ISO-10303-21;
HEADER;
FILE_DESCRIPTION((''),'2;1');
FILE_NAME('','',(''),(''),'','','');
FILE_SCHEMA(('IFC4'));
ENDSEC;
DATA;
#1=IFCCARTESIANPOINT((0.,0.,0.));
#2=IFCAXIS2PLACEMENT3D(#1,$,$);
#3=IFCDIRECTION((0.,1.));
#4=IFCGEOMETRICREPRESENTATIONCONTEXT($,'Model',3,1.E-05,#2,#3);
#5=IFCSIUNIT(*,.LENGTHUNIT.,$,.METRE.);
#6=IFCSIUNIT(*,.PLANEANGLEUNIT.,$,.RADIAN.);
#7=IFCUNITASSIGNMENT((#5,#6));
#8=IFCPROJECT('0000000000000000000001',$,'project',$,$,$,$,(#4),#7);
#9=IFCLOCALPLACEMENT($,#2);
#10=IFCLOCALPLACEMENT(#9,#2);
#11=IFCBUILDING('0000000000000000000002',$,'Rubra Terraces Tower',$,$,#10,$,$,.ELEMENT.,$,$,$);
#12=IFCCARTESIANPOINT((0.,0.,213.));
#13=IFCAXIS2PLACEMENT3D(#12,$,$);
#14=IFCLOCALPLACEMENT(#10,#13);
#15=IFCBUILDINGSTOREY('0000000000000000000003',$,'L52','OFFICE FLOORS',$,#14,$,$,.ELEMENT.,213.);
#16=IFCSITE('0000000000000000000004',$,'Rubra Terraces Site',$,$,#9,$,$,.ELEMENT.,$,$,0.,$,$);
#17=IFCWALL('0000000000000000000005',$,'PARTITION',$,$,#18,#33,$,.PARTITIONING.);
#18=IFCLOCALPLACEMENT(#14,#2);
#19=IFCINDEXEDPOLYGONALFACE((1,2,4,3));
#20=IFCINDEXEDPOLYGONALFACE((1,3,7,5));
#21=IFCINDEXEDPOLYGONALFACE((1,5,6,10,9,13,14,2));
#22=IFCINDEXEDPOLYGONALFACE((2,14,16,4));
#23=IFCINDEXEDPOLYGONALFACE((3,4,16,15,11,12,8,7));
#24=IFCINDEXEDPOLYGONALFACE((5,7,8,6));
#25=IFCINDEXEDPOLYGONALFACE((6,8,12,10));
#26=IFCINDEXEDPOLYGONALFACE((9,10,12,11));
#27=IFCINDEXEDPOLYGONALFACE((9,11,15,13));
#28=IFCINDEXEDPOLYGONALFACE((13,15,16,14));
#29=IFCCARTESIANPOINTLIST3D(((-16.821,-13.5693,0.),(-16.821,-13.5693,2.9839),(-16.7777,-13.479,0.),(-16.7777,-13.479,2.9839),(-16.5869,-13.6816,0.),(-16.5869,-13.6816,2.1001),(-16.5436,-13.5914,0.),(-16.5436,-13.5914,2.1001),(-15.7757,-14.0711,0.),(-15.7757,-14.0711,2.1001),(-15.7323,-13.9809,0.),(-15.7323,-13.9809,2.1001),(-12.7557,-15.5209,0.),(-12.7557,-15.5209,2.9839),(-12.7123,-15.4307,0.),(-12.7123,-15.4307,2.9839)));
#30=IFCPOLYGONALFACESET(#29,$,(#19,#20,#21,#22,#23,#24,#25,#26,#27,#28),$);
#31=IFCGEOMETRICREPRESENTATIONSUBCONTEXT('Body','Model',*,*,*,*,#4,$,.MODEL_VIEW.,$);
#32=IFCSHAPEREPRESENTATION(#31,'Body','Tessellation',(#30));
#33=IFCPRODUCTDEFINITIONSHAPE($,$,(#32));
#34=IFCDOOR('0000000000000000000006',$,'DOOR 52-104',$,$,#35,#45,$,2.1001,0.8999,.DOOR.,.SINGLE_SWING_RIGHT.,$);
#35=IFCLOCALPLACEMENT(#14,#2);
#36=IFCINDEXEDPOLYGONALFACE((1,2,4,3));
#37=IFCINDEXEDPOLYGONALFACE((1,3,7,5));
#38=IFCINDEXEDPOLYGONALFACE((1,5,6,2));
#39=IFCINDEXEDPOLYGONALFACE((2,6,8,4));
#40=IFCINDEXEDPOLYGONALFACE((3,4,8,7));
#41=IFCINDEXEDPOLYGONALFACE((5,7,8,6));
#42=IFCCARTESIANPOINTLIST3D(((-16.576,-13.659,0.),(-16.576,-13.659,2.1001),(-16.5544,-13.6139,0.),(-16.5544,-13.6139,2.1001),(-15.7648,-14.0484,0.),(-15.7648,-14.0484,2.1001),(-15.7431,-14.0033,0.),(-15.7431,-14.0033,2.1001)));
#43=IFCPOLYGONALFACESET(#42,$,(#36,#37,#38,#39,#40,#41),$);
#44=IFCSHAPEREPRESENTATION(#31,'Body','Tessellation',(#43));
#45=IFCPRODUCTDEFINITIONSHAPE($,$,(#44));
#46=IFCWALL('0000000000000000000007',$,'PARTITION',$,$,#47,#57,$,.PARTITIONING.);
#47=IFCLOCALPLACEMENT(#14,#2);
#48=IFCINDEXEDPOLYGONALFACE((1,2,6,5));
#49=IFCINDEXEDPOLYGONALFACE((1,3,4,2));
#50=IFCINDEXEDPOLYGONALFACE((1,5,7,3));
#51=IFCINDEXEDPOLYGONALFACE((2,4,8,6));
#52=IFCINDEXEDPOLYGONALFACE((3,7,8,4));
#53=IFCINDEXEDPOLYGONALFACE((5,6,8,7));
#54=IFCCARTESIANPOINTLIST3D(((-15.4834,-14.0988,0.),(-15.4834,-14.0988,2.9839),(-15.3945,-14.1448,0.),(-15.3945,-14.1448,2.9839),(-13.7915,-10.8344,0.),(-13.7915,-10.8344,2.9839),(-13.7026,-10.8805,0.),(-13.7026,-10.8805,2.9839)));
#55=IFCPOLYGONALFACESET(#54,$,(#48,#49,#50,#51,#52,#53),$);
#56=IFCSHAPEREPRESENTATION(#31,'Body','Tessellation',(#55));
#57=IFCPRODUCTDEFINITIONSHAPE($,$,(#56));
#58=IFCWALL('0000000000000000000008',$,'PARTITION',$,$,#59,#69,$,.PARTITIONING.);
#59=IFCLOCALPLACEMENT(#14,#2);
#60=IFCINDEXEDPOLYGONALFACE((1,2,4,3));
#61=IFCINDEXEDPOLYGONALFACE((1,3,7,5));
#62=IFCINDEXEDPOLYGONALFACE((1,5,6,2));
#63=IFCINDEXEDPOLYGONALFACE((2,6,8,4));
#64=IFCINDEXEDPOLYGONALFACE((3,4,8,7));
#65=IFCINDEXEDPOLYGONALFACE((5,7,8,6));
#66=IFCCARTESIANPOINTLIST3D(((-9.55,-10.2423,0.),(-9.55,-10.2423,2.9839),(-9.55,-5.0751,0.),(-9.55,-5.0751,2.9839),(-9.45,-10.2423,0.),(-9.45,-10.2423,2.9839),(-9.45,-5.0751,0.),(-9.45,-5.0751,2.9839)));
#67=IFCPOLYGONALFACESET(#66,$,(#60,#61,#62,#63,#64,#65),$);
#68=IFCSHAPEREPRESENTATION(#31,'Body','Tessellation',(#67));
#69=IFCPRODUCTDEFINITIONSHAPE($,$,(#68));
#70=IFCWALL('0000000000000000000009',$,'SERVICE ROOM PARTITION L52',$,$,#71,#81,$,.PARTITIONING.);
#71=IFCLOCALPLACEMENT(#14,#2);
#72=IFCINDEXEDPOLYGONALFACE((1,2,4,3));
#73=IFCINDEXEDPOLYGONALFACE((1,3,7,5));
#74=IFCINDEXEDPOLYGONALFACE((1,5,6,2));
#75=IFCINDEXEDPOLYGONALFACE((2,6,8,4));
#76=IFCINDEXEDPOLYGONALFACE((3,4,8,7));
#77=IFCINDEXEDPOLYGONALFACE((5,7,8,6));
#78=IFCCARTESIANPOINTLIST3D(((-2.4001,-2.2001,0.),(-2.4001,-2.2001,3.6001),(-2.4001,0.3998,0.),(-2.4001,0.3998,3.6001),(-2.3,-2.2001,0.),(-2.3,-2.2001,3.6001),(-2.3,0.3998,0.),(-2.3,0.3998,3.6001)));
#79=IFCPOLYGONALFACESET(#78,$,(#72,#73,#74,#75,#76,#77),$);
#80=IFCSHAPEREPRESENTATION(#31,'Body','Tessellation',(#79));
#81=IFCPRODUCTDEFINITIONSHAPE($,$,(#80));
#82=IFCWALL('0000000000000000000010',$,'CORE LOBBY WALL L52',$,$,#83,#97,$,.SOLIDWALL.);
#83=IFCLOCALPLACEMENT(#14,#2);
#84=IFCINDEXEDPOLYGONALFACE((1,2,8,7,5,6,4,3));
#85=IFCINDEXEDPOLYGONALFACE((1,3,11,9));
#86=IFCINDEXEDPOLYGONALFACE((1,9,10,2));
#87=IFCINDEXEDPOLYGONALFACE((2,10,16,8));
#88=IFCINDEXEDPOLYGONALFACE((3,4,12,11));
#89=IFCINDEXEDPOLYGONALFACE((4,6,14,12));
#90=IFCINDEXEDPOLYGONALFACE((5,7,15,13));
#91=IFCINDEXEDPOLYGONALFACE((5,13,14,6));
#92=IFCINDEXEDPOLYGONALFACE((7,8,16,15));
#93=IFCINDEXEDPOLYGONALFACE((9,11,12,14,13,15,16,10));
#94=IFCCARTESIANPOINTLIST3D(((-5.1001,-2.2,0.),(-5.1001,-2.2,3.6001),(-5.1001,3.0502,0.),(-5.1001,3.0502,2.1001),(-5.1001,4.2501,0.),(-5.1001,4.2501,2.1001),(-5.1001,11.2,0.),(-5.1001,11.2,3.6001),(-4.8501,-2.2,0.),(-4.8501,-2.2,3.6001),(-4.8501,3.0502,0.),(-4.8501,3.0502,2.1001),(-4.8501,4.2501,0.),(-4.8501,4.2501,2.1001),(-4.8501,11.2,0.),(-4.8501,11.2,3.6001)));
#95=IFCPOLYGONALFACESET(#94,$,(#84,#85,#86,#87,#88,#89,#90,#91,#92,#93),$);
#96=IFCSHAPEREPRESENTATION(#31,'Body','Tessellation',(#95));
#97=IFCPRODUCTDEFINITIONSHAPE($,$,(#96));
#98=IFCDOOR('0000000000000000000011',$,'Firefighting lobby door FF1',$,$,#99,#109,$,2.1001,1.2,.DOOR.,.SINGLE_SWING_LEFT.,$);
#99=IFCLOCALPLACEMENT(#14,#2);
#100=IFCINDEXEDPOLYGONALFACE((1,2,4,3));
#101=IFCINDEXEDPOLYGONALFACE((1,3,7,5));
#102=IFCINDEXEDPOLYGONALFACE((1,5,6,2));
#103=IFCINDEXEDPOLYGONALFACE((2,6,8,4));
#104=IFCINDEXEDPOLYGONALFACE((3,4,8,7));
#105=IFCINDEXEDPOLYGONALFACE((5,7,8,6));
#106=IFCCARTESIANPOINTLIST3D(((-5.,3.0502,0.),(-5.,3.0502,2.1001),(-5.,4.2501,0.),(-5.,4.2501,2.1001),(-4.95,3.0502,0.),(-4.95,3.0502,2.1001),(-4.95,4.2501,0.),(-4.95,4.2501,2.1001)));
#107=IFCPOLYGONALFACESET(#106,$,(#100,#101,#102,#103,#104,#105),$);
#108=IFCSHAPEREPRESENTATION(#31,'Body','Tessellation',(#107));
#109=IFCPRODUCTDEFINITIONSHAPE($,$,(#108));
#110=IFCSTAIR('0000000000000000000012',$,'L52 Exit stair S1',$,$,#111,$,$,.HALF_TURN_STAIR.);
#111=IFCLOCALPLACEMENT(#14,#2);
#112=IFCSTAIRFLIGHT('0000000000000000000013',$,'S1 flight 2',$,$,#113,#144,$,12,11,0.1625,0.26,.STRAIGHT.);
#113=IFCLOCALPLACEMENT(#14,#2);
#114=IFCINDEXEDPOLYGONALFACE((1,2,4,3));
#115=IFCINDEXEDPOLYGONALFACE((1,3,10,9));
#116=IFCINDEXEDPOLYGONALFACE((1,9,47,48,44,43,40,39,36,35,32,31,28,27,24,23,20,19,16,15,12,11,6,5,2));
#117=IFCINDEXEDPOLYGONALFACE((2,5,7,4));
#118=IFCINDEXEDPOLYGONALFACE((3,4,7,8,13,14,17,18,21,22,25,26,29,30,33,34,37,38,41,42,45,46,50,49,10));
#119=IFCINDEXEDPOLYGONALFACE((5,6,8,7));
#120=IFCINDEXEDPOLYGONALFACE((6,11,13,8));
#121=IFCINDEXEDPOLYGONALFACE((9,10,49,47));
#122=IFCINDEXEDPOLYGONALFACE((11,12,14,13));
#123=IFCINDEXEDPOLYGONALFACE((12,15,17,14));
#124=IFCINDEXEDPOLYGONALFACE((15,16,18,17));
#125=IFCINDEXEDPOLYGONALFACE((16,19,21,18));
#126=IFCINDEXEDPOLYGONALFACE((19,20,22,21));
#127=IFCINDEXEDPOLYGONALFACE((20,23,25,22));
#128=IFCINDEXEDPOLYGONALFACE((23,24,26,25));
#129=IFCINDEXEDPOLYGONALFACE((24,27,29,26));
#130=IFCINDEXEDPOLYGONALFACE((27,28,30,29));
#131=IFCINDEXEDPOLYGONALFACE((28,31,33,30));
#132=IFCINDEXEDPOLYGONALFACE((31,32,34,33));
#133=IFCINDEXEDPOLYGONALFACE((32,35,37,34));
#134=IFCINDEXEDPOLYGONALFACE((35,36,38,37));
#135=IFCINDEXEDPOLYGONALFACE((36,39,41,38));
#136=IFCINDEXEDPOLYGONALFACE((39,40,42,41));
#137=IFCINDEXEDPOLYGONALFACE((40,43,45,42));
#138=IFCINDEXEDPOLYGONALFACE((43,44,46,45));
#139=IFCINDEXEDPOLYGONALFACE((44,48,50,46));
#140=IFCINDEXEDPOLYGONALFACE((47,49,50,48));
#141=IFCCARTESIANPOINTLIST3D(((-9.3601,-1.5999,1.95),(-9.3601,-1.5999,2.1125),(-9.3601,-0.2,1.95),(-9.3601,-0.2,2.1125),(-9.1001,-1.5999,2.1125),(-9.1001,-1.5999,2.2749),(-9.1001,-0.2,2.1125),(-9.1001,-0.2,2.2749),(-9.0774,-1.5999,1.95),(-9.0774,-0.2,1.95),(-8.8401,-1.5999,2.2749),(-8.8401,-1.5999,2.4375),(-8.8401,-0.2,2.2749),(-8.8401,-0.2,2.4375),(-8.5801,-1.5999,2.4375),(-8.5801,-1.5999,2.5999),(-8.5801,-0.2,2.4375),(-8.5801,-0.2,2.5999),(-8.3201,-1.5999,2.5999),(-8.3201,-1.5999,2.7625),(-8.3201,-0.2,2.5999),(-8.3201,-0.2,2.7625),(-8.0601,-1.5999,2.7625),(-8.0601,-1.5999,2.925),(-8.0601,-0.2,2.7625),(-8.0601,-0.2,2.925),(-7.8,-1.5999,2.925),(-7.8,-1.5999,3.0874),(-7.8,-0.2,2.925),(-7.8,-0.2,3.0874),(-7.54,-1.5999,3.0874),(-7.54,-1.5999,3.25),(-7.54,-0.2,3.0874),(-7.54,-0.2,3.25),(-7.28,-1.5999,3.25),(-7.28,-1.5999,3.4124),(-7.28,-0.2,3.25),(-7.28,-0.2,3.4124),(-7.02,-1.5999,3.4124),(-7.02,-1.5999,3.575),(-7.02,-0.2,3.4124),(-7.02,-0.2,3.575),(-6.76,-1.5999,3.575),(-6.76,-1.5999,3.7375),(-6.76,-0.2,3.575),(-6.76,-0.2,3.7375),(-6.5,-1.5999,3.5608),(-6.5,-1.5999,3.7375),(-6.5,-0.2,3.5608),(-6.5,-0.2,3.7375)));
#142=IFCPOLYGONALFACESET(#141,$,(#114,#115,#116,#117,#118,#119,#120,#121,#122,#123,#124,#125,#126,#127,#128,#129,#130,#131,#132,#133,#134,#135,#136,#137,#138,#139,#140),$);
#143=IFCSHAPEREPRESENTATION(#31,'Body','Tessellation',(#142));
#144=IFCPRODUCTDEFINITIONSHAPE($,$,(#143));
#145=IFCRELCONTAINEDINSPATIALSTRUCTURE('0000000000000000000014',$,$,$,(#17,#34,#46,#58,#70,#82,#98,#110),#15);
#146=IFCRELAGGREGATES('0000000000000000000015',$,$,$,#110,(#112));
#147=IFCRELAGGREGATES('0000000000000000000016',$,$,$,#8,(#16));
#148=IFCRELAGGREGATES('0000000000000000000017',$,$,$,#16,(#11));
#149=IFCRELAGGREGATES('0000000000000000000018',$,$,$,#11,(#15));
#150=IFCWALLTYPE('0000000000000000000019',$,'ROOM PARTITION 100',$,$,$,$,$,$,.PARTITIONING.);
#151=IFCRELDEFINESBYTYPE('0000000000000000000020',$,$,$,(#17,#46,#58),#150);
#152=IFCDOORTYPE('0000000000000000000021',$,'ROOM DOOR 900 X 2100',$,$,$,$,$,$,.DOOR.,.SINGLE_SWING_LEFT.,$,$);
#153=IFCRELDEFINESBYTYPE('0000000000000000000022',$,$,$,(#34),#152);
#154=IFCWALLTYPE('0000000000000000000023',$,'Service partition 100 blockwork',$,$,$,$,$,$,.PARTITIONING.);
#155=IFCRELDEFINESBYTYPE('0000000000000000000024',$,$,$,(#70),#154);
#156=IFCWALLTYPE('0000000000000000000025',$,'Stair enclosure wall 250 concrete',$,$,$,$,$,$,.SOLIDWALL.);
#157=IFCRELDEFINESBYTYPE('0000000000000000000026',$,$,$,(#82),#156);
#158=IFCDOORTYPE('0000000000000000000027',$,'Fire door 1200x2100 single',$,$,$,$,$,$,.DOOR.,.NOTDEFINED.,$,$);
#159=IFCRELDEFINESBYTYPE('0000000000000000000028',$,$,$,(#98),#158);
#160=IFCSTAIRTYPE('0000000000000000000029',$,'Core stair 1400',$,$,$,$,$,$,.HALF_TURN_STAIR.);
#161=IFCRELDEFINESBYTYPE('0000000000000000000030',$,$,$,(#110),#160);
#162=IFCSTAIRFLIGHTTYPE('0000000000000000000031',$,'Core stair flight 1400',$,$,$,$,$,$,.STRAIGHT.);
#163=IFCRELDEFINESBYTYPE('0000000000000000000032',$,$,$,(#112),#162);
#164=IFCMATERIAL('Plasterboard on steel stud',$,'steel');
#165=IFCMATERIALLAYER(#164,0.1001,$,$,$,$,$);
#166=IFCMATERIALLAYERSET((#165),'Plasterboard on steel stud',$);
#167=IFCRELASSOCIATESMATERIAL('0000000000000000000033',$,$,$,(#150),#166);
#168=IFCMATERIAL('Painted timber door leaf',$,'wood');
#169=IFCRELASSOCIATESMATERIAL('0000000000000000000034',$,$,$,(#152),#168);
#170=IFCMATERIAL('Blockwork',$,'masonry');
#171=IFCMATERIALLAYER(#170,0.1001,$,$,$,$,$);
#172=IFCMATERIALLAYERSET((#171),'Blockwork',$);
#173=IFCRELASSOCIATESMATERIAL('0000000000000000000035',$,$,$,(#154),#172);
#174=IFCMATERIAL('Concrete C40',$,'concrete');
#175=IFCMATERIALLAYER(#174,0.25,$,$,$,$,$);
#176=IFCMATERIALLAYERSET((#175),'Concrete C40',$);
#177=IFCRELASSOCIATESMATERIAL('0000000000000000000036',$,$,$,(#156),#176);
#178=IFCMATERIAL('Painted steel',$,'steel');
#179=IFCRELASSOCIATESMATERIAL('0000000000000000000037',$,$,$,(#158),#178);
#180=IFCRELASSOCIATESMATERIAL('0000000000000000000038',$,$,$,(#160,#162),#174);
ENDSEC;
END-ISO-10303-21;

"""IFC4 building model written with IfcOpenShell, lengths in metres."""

from ifc_helpers import new_model, si_unit, direction, frame, frame_2d, origin, place, context, subcontext, project, spatial, polyline, rectangle, outline, extrude, material, layer, layer_set, type_object, element, fill, aggregate, save


model = new_model("IFC4")

# Units and contexts
model_context = context("Model", 3, precision=1e-05, world=origin(), true_north=direction((0.0, 1.0)))
body_context = subcontext(model_context, "Body", "Model", "MODEL_VIEW")
ifc_project = project(units=[si_unit("LENGTHUNIT", "METRE"), si_unit("PLANEANGLEUNIT", "RADIAN")], contexts=[model_context])

# Site, building, storey
site_placement = place(None, origin())
site = spatial("IfcSite", under=ifc_project, at=site_placement, Name="Rubra Terraces Site", CompositionType="ELEMENT", RefElevation=0.0)
building_placement = place(site_placement, origin())
building = spatial("IfcBuilding", under=site, at=building_placement, Name="Rubra Terraces Tower", CompositionType="ELEMENT")
storey_placement = place(building_placement, frame((0.0, 0.0, 213.0)))
storey = spatial("IfcBuildingStorey", under=building, at=storey_placement, Name="L52", Description="OFFICE FLOORS", CompositionType="ELEMENT", Elevation=213.0)

# Shared definitions
ifc_material_1 = material(Name="Painted steel", Category="steel")

# Shared definitions
ifc_material_2 = material(Name="Painted timber door leaf", Category="wood")

# Shared definitions
ifc_material_3 = material(Name="Concrete C40", Category="concrete")

# Wall, opening, door
ifc_material_4 = material(Name="Plasterboard on steel stud", Category="steel")
ifc_layer_1 = layer(ifc_material_4, 0.1001)
ifc_layer_set_1 = layer_set([ifc_layer_1], Name="Plasterboard on steel stud")
wall_type_1 = type_object("IfcWallType", Name="ROOM PARTITION 100", PredefinedType="PARTITIONING", material=ifc_layer_set_1)
wall_1_placement = place(storey_placement, frame((-12.7339, -15.4758, 0.0), z_axis=(0.0, 0.0, 1.0), x_axis=(-0.901501, 0.432777, 0.0)))
wall_1 = element("IfcWall", 1, at=wall_1_placement, inside=storey, type_object=wall_type_1, Name="PARTITION", PredefinedType="PARTITIONING", context=body_context, shape_type="SweptSolid", body=[
    extrude(rectangle(XDim=4.5095, YDim=0.1001, at=frame_2d((2.2549, 0.0))), origin(), (0.0, 0.0, 1.0), 2.9839),
])
opening_1_placement = place(wall_1_placement, frame((3.3501, 0.0, 0.0)))
opening_1 = element("IfcOpeningElement", 2, at=opening_1_placement, cuts=wall_1, PredefinedType="OPENING", context=body_context, shape_type="SweptSolid", body=[
    extrude(rectangle(XDim=0.8999, YDim=2.1001, at=frame_2d((0.45, 1.05))), frame((0.0, 0.0601, 0.0), z_axis=(0.0, -1.0, 0.0), x_axis=(1.0, 0.0, 0.0)), (0.0, 0.0, 1.0), 0.1201),
])
door_type_1 = type_object("IfcDoorType", Name="ROOM DOOR 900 X 2100", OperationType="SINGLE_SWING_LEFT", PredefinedType="DOOR", material=ifc_material_2)
door_1_placement = place(opening_1_placement, origin())
door_1 = element("IfcDoor", 3, at=door_1_placement, inside=storey, type_object=door_type_1, Name="DOOR 52-104", OperationType="SINGLE_SWING_RIGHT", OverallHeight=2.1001, OverallWidth=0.8999, PredefinedType="DOOR", context=body_context, shape_type="SweptSolid", body=[
    extrude(rectangle(XDim=0.8999, YDim=2.1001, at=frame_2d((0.45, 1.05))), frame((0.0, 0.0249, 0.0), z_axis=(0.0, -1.0, 0.0), x_axis=(1.0, 0.0, 0.0)), (0.0, 0.0, 1.0), 0.05),
])
fill(opening_1, door_1)

# Walls
wall_2_placement = place(storey_placement, frame((-13.7471, -10.8574, 0.0), z_axis=(0.0, 0.0, 1.0), x_axis=(-0.460154, -0.887839, 0.0)))
element("IfcWall", 4, at=wall_2_placement, inside=storey, type_object=wall_type_1, Name="PARTITION", PredefinedType="PARTITIONING", context=body_context, shape_type="SweptSolid", body=[
    extrude(rectangle(XDim=3.6768, YDim=0.1001, at=frame_2d((1.8384, 0.0))), origin(), (0.0, 0.0, 1.0), 2.9839),
])
wall_3_placement = place(storey_placement, frame((-9.5, -10.2422, 0.0), z_axis=(0.0, 0.0, 1.0), x_axis=(0.0, 1.0, 0.0)))
element("IfcWall", 5, at=wall_3_placement, inside=storey, type_object=wall_type_1, Name="PARTITION", PredefinedType="PARTITIONING", context=body_context, shape_type="SweptSolid", body=[
    extrude(rectangle(XDim=5.1672, YDim=0.1001, at=frame_2d((2.5835, 0.0))), origin(), (0.0, 0.0, 1.0), 2.9839),
])
ifc_material_5 = material(Name="Blockwork", Category="masonry")
ifc_layer_2 = layer(ifc_material_5, 0.1001)
ifc_layer_set_2 = layer_set([ifc_layer_2], Name="Blockwork")
wall_type_2 = type_object("IfcWallType", Name="Service partition 100 blockwork", PredefinedType="PARTITIONING", material=ifc_layer_set_2)
wall_4_placement = place(storey_placement, frame((-2.3501, -2.2, 0.0), z_axis=(0.0, 0.0, 1.0), x_axis=(0.0, 1.0, 0.0)))
element("IfcWall", 6, at=wall_4_placement, inside=storey, type_object=wall_type_2, Name="SERVICE ROOM PARTITION L52", PredefinedType="PARTITIONING", context=body_context, shape_type="SweptSolid", body=[
    extrude(rectangle(XDim=2.5999, YDim=0.1001, at=frame_2d((1.2998, 0.0))), origin(), (0.0, 0.0, 1.0), 3.6001),
])

# Wall, opening, door
ifc_layer_3 = layer(ifc_material_3, 0.25)
ifc_layer_set_3 = layer_set([ifc_layer_3], Name="Concrete C40")
wall_type_3 = type_object("IfcWallType", Name="Stair enclosure wall 250 concrete", PredefinedType="SOLIDWALL", material=ifc_layer_set_3)
wall_5_placement = place(storey_placement, frame((-4.9751, -2.2, 0.0), z_axis=(0.0, 0.0, 1.0), x_axis=(0.0, 1.0, 0.0)))
wall_5 = element("IfcWall", 7, at=wall_5_placement, inside=storey, type_object=wall_type_3, Name="CORE LOBBY WALL L52", PredefinedType="SOLIDWALL", context=body_context, shape_type="SweptSolid", body=[
    extrude(rectangle(XDim=13.3999, YDim=0.25, at=frame_2d((6.7, 0.0))), origin(), (0.0, 0.0, 1.0), 3.6001),
])
opening_2_placement = place(wall_5_placement, frame((5.25, 0.0, 0.0)))
opening_2 = element("IfcOpeningElement", 8, at=opening_2_placement, cuts=wall_5, PredefinedType="OPENING", context=body_context, shape_type="SweptSolid", body=[
    extrude(rectangle(XDim=1.2, YDim=2.1001, at=frame_2d((0.6001, 1.05))), frame((0.0, 0.135, 0.0), z_axis=(0.0, -1.0, 0.0), x_axis=(1.0, 0.0, 0.0)), (0.0, 0.0, 1.0), 0.27),
])
door_type_2 = type_object("IfcDoorType", Name="Fire door 1200x2100 single", OperationType="NOTDEFINED", PredefinedType="DOOR", material=ifc_material_1)
door_2_placement = place(opening_2_placement, origin())
door_2 = element("IfcDoor", 9, at=door_2_placement, inside=storey, type_object=door_type_2, Name="Firefighting lobby door FF1", OperationType="SINGLE_SWING_LEFT", OverallHeight=2.1001, OverallWidth=1.2, PredefinedType="DOOR", context=body_context, shape_type="SweptSolid", body=[
    extrude(rectangle(XDim=1.2, YDim=2.1001, at=frame_2d((0.6001, 1.05))), frame((0.0, 0.0249, 0.0), z_axis=(0.0, -1.0, 0.0), x_axis=(1.0, 0.0, 0.0)), (0.0, 0.0, 1.0), 0.05),
])
fill(opening_2, door_2)

# Stair, stair flight
stair_type = type_object("IfcStairType", Name="Core stair 1400", PredefinedType="HALF_TURN_STAIR", material=ifc_material_3)
stair_placement = place(storey_placement, origin())
stair = element("IfcStair", 10, at=stair_placement, inside=storey, type_object=stair_type, Name="L52 Exit stair S1", PredefinedType="HALF_TURN_STAIR")
stair_flight_type = type_object("IfcStairFlightType", Name="Core stair flight 1400", PredefinedType="STRAIGHT", material=ifc_material_3)
stair_flight_placement = place(storey_placement, frame((-9.3601, -0.8999, 1.95), z_axis=(0.0, 0.0, 1.0), x_axis=(1.0, 0.0, 0.0)))
stair_flight = element("IfcStairFlight", 11, at=stair_flight_placement, type_object=stair_flight_type, Name="S1 flight 2", NumberOfRisers=12, NumberOfTreads=11, PredefinedType="STRAIGHT", RiserHeight=0.1625, TreadLength=0.26, context=body_context, shape_type="SweptSolid", body=[
    extrude(outline(polyline([(0.0, 0.0), (0.0, 0.1626), (0.26, 0.1626), (0.26, 0.325), (0.52, 0.325), (0.52, 0.4875), (0.78, 0.4875), (0.78, 0.6499), (1.04, 0.6499), (1.04, 0.8125), (1.3, 0.8125), (1.3, 0.9751), (1.5601, 0.9751), (1.5601, 1.1375), (1.8201, 1.1375), (1.8201, 1.3), (2.0801, 1.3), (2.0801, 1.4624), (2.3401, 1.4624), (2.3401, 1.625), (2.6001, 1.625), (2.6001, 1.7876), (2.8601, 1.7876), (2.8601, 1.95), (2.8601, 1.6108), (0.2827, 0.0), (0.0, 0.0)])), frame((0.0, 0.7, 0.0), z_axis=(0.0, -1.0, 0.0), x_axis=(1.0, 0.0, 0.0)), (0.0, 0.0, 1.0), 1.3999),
])
aggregate(stair, [stair_flight])

save(model, "model.ifc")
